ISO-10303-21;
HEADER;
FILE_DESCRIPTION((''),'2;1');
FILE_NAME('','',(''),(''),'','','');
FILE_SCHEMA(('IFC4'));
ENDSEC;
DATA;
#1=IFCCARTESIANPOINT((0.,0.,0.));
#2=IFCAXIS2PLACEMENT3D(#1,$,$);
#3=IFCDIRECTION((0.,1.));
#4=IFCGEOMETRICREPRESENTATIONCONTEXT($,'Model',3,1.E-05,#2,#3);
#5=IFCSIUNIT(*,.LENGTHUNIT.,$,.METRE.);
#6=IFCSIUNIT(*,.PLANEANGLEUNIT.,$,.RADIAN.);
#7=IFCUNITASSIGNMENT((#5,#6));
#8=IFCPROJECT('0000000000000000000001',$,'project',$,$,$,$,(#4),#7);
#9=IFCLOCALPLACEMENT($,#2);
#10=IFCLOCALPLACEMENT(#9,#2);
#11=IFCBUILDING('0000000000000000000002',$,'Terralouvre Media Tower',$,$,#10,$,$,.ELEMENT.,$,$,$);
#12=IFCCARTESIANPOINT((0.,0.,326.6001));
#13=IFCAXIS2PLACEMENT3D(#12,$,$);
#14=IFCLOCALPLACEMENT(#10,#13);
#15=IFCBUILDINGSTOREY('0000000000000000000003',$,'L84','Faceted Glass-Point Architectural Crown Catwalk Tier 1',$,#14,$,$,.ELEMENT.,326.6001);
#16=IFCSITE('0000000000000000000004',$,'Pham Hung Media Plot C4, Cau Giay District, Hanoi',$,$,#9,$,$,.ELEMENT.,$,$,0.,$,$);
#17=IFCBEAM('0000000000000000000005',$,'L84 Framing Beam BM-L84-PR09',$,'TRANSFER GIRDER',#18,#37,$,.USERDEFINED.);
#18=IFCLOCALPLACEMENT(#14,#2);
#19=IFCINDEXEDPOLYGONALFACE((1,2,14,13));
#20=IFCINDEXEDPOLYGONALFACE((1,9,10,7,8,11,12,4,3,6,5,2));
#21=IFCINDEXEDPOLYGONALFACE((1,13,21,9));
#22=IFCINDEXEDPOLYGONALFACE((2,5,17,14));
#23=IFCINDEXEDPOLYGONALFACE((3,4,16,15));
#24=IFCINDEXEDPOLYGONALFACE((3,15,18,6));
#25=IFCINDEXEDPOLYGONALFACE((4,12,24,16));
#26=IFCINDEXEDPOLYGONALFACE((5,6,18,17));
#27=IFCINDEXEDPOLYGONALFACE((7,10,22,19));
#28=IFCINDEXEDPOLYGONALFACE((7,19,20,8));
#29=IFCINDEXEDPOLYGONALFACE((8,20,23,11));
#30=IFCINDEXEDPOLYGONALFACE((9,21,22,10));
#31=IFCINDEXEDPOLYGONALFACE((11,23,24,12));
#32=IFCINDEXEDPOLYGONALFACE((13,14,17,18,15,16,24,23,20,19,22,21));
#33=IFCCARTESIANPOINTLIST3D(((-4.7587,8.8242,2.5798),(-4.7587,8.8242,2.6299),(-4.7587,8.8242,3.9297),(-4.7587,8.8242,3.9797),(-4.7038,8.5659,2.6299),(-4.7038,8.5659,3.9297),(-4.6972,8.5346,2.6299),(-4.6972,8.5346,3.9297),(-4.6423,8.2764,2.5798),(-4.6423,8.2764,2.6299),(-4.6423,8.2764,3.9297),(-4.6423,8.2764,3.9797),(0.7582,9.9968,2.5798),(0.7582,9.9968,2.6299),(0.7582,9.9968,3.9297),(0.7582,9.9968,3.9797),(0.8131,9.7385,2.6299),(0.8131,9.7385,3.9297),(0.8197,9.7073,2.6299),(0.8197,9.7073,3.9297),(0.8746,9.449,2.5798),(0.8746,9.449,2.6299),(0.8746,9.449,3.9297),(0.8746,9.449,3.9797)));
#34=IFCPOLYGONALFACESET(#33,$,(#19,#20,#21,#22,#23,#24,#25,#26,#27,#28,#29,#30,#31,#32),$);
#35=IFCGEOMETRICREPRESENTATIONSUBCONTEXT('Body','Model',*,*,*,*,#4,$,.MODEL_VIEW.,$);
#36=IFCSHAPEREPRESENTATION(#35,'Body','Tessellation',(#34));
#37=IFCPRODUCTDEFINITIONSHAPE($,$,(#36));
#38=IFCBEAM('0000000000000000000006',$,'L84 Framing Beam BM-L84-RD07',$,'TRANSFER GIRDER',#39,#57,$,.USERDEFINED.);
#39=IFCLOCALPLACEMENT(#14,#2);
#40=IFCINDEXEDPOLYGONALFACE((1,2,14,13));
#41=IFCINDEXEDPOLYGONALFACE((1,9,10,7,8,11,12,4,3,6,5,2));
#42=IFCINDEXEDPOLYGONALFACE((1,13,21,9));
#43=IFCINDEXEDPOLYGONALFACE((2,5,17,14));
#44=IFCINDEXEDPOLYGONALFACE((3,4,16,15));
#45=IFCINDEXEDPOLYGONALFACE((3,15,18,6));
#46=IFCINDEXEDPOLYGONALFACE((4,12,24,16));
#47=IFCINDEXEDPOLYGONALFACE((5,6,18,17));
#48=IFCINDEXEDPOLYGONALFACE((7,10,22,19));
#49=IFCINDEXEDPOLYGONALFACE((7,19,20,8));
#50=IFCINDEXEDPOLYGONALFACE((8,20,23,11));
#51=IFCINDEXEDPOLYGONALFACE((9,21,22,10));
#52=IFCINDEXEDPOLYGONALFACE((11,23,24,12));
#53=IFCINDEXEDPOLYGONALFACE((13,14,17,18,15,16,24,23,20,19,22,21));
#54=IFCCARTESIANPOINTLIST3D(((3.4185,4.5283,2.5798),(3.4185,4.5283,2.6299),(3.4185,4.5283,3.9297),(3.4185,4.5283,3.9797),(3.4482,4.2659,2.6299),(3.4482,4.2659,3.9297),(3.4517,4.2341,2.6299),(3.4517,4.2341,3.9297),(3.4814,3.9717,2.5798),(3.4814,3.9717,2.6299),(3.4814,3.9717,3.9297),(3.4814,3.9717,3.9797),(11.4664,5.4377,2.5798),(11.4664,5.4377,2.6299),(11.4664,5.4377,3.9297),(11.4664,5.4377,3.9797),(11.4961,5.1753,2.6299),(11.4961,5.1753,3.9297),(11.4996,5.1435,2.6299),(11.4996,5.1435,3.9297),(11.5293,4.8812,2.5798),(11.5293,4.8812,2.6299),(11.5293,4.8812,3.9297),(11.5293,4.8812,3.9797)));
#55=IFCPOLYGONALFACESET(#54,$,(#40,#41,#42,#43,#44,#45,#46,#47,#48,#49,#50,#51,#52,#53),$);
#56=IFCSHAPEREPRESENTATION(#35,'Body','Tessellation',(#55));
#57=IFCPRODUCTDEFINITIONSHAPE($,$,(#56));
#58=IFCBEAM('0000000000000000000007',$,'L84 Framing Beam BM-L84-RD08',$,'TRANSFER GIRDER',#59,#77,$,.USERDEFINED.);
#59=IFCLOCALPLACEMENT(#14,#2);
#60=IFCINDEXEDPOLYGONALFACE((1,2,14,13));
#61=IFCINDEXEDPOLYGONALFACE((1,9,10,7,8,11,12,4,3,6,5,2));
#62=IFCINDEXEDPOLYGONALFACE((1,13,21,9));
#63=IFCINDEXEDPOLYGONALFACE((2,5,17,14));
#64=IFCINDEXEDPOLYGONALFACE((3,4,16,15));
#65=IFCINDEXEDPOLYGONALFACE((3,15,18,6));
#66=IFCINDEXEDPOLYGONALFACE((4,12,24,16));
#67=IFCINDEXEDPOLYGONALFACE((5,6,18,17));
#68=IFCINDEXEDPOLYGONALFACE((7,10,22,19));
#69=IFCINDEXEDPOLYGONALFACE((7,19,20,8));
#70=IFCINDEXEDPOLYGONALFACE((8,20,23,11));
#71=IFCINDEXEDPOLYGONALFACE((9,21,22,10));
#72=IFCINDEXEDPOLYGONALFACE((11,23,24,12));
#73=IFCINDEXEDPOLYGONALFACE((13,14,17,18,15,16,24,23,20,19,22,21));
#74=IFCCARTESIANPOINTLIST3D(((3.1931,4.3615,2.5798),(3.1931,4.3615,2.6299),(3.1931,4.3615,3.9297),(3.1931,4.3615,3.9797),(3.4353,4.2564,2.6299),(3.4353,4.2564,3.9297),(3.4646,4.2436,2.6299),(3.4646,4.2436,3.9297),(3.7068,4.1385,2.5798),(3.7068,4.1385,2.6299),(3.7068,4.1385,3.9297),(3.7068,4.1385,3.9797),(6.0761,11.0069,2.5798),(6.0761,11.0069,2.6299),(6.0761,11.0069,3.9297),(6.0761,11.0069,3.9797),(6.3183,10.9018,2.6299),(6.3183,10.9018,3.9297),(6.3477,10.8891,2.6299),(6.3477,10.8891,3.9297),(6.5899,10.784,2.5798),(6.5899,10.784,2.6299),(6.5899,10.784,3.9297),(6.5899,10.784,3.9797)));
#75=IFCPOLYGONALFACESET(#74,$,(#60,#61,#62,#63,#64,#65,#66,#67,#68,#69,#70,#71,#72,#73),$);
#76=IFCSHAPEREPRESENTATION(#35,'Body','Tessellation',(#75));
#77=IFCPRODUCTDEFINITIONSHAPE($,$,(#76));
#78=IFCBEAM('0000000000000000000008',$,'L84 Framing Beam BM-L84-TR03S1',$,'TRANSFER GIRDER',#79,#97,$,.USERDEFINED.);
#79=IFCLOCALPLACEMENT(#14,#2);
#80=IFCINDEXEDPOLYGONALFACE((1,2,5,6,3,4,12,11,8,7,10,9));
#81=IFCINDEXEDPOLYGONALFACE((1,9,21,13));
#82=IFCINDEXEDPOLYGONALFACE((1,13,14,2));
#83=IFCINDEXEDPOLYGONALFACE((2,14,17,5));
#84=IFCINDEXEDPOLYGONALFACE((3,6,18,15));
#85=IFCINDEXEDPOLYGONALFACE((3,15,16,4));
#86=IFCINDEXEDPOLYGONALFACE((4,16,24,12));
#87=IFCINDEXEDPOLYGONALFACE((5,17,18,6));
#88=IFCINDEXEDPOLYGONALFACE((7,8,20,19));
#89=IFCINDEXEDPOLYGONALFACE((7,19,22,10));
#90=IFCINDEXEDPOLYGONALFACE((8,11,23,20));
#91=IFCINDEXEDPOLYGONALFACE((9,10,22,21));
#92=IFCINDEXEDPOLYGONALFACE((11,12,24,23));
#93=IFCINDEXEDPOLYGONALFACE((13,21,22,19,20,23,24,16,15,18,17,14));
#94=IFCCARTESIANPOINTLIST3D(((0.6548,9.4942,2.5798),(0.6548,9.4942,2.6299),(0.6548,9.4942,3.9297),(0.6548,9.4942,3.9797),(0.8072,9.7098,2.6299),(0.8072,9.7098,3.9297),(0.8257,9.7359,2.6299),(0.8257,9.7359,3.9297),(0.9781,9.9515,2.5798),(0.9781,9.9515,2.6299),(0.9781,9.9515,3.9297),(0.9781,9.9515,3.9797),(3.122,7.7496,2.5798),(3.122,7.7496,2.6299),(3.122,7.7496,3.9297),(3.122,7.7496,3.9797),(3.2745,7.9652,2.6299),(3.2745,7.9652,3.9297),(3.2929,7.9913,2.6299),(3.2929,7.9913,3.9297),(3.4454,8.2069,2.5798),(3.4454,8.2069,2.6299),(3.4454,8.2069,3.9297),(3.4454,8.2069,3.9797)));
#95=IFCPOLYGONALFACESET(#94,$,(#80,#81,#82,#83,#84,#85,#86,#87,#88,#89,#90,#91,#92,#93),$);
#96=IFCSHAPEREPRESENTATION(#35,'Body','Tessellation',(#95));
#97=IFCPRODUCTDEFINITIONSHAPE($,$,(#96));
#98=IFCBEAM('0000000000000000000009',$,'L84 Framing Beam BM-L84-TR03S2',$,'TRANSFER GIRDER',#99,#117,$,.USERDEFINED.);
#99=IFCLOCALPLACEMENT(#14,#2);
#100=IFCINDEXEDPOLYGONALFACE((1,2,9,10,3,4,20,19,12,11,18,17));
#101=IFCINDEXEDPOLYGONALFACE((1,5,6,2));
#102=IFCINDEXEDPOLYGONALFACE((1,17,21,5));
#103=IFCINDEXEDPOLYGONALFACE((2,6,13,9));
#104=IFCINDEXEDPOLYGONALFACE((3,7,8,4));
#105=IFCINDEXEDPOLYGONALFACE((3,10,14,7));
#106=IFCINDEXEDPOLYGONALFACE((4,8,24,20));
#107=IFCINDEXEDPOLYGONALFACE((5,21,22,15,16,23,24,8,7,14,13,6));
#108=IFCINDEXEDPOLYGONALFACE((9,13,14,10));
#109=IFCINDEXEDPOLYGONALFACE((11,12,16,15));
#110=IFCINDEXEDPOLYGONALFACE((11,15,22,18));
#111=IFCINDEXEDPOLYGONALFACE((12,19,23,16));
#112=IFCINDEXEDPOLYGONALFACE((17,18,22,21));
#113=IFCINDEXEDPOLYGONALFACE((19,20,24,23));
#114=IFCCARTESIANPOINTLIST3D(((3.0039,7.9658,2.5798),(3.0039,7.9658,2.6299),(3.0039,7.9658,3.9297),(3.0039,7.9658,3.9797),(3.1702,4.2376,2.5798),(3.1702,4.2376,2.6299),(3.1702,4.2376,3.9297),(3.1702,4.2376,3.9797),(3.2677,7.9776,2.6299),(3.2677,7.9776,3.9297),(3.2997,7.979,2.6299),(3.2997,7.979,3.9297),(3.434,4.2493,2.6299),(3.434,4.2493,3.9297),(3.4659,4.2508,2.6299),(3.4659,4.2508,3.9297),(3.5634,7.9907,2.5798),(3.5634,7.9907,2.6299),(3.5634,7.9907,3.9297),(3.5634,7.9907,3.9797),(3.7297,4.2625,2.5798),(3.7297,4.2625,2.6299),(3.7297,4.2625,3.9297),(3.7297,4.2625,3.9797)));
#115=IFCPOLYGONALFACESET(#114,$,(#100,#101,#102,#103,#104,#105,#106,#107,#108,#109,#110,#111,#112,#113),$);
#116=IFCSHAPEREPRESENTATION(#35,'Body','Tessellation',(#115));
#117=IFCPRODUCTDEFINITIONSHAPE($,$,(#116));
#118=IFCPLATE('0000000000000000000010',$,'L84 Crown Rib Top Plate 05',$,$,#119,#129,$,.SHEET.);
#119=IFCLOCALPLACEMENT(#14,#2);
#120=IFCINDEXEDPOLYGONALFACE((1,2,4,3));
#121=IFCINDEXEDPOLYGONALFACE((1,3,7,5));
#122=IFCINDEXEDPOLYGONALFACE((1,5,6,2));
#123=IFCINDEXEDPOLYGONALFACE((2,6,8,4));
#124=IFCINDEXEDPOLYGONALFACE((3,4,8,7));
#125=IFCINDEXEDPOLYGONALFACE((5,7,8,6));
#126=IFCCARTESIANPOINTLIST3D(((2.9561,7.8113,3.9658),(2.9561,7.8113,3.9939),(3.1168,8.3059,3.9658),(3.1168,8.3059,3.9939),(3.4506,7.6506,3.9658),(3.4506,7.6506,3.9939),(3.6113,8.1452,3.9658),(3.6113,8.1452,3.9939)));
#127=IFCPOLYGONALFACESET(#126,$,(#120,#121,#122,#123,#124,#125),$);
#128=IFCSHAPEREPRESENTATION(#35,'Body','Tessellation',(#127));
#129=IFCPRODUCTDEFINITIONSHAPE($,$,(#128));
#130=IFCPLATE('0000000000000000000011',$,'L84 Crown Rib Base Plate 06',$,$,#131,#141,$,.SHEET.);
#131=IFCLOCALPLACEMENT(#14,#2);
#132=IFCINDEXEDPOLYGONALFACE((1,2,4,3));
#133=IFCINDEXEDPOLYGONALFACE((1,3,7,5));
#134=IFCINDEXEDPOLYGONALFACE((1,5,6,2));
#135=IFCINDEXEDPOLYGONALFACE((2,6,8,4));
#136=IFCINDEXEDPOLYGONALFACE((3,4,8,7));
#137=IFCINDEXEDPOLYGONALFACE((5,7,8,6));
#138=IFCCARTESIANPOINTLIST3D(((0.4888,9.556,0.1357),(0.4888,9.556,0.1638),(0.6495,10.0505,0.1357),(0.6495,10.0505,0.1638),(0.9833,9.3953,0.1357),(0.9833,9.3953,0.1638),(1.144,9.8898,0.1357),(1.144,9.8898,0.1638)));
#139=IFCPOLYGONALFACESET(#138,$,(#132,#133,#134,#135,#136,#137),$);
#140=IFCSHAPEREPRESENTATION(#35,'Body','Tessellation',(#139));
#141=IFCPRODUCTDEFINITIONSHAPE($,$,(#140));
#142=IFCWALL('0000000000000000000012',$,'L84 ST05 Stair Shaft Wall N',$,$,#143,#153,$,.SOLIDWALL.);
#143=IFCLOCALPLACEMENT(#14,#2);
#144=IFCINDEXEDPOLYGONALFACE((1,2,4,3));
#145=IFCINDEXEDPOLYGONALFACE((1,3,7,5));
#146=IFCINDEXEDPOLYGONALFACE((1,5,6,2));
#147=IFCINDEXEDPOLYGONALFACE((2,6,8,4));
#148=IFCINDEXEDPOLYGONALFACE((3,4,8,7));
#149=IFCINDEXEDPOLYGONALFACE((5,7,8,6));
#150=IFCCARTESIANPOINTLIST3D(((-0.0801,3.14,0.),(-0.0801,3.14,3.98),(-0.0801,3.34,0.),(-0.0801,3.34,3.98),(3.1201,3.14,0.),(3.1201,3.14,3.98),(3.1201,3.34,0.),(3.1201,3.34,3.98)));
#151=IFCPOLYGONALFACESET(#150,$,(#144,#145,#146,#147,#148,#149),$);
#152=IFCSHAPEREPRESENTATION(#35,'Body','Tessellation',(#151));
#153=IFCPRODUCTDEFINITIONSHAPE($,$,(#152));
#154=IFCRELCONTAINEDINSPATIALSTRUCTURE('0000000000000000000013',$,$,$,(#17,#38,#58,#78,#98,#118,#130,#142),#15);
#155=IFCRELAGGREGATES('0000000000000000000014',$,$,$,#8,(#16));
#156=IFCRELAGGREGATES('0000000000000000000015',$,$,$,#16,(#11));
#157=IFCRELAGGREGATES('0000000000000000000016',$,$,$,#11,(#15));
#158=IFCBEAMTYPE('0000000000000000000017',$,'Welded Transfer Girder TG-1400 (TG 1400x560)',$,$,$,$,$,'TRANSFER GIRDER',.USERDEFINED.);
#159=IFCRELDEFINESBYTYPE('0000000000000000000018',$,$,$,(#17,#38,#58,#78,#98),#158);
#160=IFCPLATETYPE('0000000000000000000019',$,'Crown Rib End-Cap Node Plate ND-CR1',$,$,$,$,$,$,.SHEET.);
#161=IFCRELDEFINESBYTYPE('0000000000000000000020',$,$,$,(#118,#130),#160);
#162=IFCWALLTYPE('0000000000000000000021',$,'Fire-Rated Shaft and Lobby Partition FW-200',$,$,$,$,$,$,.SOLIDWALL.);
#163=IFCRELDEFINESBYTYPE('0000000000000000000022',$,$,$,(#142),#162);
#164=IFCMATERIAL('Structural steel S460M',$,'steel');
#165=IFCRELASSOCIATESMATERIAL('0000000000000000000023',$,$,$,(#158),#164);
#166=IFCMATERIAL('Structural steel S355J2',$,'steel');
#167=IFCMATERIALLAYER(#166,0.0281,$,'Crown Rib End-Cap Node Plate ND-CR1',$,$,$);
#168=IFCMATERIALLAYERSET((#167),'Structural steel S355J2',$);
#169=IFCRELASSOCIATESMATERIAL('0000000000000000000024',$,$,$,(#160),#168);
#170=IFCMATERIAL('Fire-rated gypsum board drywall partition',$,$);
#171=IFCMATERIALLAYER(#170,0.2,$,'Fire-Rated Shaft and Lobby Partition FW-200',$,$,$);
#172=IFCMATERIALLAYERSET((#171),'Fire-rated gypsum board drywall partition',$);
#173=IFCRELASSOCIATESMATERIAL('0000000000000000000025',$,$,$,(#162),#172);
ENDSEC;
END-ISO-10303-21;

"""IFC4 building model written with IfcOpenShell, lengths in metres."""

from ifc_helpers import new_model, si_unit, direction, frame, frame_2d, origin, origin_2d, place, context, subcontext, project, spatial, rectangle, i_section, extrude, material, layer, layer_set, material_profile, profile_set, type_object, element, save


model = new_model("IFC4")

# Units and contexts
model_context = context("Model", 3, precision=1e-05, world=origin(), true_north=direction((0.0, 1.0)))
body_context = subcontext(model_context, "Body", "Model", "MODEL_VIEW")
ifc_project = project(units=[si_unit("LENGTHUNIT", "METRE"), si_unit("PLANEANGLEUNIT", "RADIAN")], contexts=[model_context])

# Site, building, storey
site_placement = place(None, origin())
site = spatial("IfcSite", under=ifc_project, at=site_placement, Name="Pham Hung Media Plot C4, Cau Giay District, Hanoi", CompositionType="ELEMENT", RefElevation=0.0)
building_placement = place(site_placement, origin())
building = spatial("IfcBuilding", under=site, at=building_placement, Name="Terralouvre Media Tower", CompositionType="ELEMENT")
storey_placement = place(building_placement, frame((0.0, 0.0, 326.6001)))
storey = spatial("IfcBuildingStorey", under=building, at=storey_placement, Name="L84", Description="Faceted Glass-Point Architectural Crown Catwalk Tier 1", CompositionType="ELEMENT", Elevation=326.6001)

# Beams
ifc_material_1 = material(Name="Structural steel S460M", Category="steel")
ifc_material_profile_1 = material_profile(ifc_material_1, i_section(OverallWidth=0.5601, OverallDepth=1.3999, WebThickness=0.032, FlangeThickness=0.05, at=origin_2d()), Name="TG 1400x560")
ifc_profile_set_1 = profile_set([ifc_material_profile_1], Name="Structural steel S460M")
beam_type_1 = type_object("IfcBeamType", Name="Welded Transfer Girder TG-1400 (TG 1400x560)", ElementType="TRANSFER GIRDER", PredefinedType="USERDEFINED", material=ifc_profile_set_1)
beam_1_placement = place(storey_placement, frame((0.8164, 9.7229, 3.2798), z_axis=(-0.978149, -0.207906, 0.0), x_axis=(0.207906, -0.978149, 0.0)))
element("IfcBeam", 1, at=beam_1_placement, inside=storey, type_object=beam_type_1, Name="L84 Framing Beam BM-L84-PR09", ObjectType="TRANSFER GIRDER", PredefinedType="USERDEFINED", context=body_context, shape_type="SweptSolid", body=[
    extrude(i_section(OverallWidth=0.5601, OverallDepth=1.3999, WebThickness=0.032, FlangeThickness=0.05, at=origin_2d()), origin(), (0.0, 0.0, 1.0), 5.6401),
])
beam_2_placement = place(storey_placement, frame((3.45, 4.25, 3.2798), z_axis=(0.993676, 0.112287, 0.0), x_axis=(-0.112287, 0.993676, 0.0)))
element("IfcBeam", 2, at=beam_2_placement, inside=storey, type_object=beam_type_1, Name="L84 Framing Beam BM-L84-RD07", ObjectType="TRANSFER GIRDER", PredefinedType="USERDEFINED", context=body_context, shape_type="SweptSolid", body=[
    extrude(i_section(OverallWidth=0.5601, OverallDepth=1.3999, WebThickness=0.032, FlangeThickness=0.05, at=origin_2d()), origin(), (0.0, 0.0, 1.0), 8.0991),
])
beam_3_placement = place(storey_placement, frame((3.45, 4.25, 3.2798), z_axis=(0.397995, 0.917388, 0.0), x_axis=(-0.917388, 0.397995, 0.0)))
element("IfcBeam", 3, at=beam_3_placement, inside=storey, type_object=beam_type_1, Name="L84 Framing Beam BM-L84-RD08", ObjectType="TRANSFER GIRDER", PredefinedType="USERDEFINED", context=body_context, shape_type="SweptSolid", body=[
    extrude(i_section(OverallWidth=0.5601, OverallDepth=1.3999, WebThickness=0.032, FlangeThickness=0.05, at=origin_2d()), origin(), (0.0, 0.0, 1.0), 7.2439),
])
beam_4_placement = place(storey_placement, frame((3.2837, 7.9783, 3.2798), z_axis=(-0.816497, 0.577349, 0.0), x_axis=(-0.577349, -0.816497, 0.0)))
element("IfcBeam", 4, at=beam_4_placement, inside=storey, type_object=beam_type_1, Name="L84 Framing Beam BM-L84-TR03S1", ObjectType="TRANSFER GIRDER", PredefinedType="USERDEFINED", context=body_context, shape_type="SweptSolid", body=[
    extrude(i_section(OverallWidth=0.5601, OverallDepth=1.3999, WebThickness=0.032, FlangeThickness=0.05, at=origin_2d()), origin(), (0.0, 0.0, 1.0), 3.0217),
])
beam_5_placement = place(storey_placement, frame((3.2837, 7.9783, 3.2798), z_axis=(0.04455, -0.999007, 0.0), x_axis=(0.999007, 0.04455, 0.0)))
element("IfcBeam", 5, at=beam_5_placement, inside=storey, type_object=beam_type_1, Name="L84 Framing Beam BM-L84-TR03S2", ObjectType="TRANSFER GIRDER", PredefinedType="USERDEFINED", context=body_context, shape_type="SweptSolid", body=[
    extrude(i_section(OverallWidth=0.5601, OverallDepth=1.3999, WebThickness=0.032, FlangeThickness=0.05, at=origin_2d()), origin(), (0.0, 0.0, 1.0), 3.7319),
])

# Plates
ifc_material_2 = material(Name="Structural steel S355J2", Category="steel")
ifc_layer_1 = layer(ifc_material_2, 0.0281, Name="Crown Rib End-Cap Node Plate ND-CR1")
ifc_layer_set_1 = layer_set([ifc_layer_1], Name="Structural steel S355J2")
plate_type = type_object("IfcPlateType", Name="Crown Rib End-Cap Node Plate ND-CR1", PredefinedType="SHEET", material=ifc_layer_set_1)
for number, where, z_axis, x_axis, name in (
    (6, (3.2837, 7.9783, 3.9658), (0.0, 0.0, 1.0), (0.309017, 0.951057, 0.0), "L84 Crown Rib Top Plate 05"),
    (7, (0.8164, 9.7229, 0.1357), (0.0, 0.0, 1.0), (0.309017, 0.951057, 0.0), "L84 Crown Rib Base Plate 06"),
):
    element("IfcPlate", number, at=place(storey_placement, frame(where, z_axis=z_axis, x_axis=x_axis)), inside=storey, type_object=plate_type, Name=name, PredefinedType="SHEET", context=body_context, shape_type="SweptSolid", body=[
        extrude(rectangle(XDim=0.52, YDim=0.52, at=origin_2d()), origin(), (0.0, 0.0, 1.0), 0.0281),
    ])

# Wall
ifc_material_3 = material(Name="Fire-rated gypsum board drywall partition")
ifc_layer_2 = layer(ifc_material_3, 0.2, Name="Fire-Rated Shaft and Lobby Partition FW-200")
ifc_layer_set_2 = layer_set([ifc_layer_2], Name="Fire-rated gypsum board drywall partition")
wall_type = type_object("IfcWallType", Name="Fire-Rated Shaft and Lobby Partition FW-200", PredefinedType="SOLIDWALL", material=ifc_layer_set_2)
wall_placement = place(storey_placement, frame((3.1201, 3.24, 0.0), z_axis=(0.0, 0.0, 1.0), x_axis=(-1.0, 0.0, 0.0)))
element("IfcWall", 8, at=wall_placement, inside=storey, type_object=wall_type, Name="L84 ST05 Stair Shaft Wall N", PredefinedType="SOLIDWALL", context=body_context, shape_type="SweptSolid", body=[
    extrude(rectangle(XDim=3.2002, YDim=0.2, at=frame_2d((1.6001, 0.0))), origin(), (0.0, 0.0, 1.0), 3.98),
])

save(model, "model.ifc")
